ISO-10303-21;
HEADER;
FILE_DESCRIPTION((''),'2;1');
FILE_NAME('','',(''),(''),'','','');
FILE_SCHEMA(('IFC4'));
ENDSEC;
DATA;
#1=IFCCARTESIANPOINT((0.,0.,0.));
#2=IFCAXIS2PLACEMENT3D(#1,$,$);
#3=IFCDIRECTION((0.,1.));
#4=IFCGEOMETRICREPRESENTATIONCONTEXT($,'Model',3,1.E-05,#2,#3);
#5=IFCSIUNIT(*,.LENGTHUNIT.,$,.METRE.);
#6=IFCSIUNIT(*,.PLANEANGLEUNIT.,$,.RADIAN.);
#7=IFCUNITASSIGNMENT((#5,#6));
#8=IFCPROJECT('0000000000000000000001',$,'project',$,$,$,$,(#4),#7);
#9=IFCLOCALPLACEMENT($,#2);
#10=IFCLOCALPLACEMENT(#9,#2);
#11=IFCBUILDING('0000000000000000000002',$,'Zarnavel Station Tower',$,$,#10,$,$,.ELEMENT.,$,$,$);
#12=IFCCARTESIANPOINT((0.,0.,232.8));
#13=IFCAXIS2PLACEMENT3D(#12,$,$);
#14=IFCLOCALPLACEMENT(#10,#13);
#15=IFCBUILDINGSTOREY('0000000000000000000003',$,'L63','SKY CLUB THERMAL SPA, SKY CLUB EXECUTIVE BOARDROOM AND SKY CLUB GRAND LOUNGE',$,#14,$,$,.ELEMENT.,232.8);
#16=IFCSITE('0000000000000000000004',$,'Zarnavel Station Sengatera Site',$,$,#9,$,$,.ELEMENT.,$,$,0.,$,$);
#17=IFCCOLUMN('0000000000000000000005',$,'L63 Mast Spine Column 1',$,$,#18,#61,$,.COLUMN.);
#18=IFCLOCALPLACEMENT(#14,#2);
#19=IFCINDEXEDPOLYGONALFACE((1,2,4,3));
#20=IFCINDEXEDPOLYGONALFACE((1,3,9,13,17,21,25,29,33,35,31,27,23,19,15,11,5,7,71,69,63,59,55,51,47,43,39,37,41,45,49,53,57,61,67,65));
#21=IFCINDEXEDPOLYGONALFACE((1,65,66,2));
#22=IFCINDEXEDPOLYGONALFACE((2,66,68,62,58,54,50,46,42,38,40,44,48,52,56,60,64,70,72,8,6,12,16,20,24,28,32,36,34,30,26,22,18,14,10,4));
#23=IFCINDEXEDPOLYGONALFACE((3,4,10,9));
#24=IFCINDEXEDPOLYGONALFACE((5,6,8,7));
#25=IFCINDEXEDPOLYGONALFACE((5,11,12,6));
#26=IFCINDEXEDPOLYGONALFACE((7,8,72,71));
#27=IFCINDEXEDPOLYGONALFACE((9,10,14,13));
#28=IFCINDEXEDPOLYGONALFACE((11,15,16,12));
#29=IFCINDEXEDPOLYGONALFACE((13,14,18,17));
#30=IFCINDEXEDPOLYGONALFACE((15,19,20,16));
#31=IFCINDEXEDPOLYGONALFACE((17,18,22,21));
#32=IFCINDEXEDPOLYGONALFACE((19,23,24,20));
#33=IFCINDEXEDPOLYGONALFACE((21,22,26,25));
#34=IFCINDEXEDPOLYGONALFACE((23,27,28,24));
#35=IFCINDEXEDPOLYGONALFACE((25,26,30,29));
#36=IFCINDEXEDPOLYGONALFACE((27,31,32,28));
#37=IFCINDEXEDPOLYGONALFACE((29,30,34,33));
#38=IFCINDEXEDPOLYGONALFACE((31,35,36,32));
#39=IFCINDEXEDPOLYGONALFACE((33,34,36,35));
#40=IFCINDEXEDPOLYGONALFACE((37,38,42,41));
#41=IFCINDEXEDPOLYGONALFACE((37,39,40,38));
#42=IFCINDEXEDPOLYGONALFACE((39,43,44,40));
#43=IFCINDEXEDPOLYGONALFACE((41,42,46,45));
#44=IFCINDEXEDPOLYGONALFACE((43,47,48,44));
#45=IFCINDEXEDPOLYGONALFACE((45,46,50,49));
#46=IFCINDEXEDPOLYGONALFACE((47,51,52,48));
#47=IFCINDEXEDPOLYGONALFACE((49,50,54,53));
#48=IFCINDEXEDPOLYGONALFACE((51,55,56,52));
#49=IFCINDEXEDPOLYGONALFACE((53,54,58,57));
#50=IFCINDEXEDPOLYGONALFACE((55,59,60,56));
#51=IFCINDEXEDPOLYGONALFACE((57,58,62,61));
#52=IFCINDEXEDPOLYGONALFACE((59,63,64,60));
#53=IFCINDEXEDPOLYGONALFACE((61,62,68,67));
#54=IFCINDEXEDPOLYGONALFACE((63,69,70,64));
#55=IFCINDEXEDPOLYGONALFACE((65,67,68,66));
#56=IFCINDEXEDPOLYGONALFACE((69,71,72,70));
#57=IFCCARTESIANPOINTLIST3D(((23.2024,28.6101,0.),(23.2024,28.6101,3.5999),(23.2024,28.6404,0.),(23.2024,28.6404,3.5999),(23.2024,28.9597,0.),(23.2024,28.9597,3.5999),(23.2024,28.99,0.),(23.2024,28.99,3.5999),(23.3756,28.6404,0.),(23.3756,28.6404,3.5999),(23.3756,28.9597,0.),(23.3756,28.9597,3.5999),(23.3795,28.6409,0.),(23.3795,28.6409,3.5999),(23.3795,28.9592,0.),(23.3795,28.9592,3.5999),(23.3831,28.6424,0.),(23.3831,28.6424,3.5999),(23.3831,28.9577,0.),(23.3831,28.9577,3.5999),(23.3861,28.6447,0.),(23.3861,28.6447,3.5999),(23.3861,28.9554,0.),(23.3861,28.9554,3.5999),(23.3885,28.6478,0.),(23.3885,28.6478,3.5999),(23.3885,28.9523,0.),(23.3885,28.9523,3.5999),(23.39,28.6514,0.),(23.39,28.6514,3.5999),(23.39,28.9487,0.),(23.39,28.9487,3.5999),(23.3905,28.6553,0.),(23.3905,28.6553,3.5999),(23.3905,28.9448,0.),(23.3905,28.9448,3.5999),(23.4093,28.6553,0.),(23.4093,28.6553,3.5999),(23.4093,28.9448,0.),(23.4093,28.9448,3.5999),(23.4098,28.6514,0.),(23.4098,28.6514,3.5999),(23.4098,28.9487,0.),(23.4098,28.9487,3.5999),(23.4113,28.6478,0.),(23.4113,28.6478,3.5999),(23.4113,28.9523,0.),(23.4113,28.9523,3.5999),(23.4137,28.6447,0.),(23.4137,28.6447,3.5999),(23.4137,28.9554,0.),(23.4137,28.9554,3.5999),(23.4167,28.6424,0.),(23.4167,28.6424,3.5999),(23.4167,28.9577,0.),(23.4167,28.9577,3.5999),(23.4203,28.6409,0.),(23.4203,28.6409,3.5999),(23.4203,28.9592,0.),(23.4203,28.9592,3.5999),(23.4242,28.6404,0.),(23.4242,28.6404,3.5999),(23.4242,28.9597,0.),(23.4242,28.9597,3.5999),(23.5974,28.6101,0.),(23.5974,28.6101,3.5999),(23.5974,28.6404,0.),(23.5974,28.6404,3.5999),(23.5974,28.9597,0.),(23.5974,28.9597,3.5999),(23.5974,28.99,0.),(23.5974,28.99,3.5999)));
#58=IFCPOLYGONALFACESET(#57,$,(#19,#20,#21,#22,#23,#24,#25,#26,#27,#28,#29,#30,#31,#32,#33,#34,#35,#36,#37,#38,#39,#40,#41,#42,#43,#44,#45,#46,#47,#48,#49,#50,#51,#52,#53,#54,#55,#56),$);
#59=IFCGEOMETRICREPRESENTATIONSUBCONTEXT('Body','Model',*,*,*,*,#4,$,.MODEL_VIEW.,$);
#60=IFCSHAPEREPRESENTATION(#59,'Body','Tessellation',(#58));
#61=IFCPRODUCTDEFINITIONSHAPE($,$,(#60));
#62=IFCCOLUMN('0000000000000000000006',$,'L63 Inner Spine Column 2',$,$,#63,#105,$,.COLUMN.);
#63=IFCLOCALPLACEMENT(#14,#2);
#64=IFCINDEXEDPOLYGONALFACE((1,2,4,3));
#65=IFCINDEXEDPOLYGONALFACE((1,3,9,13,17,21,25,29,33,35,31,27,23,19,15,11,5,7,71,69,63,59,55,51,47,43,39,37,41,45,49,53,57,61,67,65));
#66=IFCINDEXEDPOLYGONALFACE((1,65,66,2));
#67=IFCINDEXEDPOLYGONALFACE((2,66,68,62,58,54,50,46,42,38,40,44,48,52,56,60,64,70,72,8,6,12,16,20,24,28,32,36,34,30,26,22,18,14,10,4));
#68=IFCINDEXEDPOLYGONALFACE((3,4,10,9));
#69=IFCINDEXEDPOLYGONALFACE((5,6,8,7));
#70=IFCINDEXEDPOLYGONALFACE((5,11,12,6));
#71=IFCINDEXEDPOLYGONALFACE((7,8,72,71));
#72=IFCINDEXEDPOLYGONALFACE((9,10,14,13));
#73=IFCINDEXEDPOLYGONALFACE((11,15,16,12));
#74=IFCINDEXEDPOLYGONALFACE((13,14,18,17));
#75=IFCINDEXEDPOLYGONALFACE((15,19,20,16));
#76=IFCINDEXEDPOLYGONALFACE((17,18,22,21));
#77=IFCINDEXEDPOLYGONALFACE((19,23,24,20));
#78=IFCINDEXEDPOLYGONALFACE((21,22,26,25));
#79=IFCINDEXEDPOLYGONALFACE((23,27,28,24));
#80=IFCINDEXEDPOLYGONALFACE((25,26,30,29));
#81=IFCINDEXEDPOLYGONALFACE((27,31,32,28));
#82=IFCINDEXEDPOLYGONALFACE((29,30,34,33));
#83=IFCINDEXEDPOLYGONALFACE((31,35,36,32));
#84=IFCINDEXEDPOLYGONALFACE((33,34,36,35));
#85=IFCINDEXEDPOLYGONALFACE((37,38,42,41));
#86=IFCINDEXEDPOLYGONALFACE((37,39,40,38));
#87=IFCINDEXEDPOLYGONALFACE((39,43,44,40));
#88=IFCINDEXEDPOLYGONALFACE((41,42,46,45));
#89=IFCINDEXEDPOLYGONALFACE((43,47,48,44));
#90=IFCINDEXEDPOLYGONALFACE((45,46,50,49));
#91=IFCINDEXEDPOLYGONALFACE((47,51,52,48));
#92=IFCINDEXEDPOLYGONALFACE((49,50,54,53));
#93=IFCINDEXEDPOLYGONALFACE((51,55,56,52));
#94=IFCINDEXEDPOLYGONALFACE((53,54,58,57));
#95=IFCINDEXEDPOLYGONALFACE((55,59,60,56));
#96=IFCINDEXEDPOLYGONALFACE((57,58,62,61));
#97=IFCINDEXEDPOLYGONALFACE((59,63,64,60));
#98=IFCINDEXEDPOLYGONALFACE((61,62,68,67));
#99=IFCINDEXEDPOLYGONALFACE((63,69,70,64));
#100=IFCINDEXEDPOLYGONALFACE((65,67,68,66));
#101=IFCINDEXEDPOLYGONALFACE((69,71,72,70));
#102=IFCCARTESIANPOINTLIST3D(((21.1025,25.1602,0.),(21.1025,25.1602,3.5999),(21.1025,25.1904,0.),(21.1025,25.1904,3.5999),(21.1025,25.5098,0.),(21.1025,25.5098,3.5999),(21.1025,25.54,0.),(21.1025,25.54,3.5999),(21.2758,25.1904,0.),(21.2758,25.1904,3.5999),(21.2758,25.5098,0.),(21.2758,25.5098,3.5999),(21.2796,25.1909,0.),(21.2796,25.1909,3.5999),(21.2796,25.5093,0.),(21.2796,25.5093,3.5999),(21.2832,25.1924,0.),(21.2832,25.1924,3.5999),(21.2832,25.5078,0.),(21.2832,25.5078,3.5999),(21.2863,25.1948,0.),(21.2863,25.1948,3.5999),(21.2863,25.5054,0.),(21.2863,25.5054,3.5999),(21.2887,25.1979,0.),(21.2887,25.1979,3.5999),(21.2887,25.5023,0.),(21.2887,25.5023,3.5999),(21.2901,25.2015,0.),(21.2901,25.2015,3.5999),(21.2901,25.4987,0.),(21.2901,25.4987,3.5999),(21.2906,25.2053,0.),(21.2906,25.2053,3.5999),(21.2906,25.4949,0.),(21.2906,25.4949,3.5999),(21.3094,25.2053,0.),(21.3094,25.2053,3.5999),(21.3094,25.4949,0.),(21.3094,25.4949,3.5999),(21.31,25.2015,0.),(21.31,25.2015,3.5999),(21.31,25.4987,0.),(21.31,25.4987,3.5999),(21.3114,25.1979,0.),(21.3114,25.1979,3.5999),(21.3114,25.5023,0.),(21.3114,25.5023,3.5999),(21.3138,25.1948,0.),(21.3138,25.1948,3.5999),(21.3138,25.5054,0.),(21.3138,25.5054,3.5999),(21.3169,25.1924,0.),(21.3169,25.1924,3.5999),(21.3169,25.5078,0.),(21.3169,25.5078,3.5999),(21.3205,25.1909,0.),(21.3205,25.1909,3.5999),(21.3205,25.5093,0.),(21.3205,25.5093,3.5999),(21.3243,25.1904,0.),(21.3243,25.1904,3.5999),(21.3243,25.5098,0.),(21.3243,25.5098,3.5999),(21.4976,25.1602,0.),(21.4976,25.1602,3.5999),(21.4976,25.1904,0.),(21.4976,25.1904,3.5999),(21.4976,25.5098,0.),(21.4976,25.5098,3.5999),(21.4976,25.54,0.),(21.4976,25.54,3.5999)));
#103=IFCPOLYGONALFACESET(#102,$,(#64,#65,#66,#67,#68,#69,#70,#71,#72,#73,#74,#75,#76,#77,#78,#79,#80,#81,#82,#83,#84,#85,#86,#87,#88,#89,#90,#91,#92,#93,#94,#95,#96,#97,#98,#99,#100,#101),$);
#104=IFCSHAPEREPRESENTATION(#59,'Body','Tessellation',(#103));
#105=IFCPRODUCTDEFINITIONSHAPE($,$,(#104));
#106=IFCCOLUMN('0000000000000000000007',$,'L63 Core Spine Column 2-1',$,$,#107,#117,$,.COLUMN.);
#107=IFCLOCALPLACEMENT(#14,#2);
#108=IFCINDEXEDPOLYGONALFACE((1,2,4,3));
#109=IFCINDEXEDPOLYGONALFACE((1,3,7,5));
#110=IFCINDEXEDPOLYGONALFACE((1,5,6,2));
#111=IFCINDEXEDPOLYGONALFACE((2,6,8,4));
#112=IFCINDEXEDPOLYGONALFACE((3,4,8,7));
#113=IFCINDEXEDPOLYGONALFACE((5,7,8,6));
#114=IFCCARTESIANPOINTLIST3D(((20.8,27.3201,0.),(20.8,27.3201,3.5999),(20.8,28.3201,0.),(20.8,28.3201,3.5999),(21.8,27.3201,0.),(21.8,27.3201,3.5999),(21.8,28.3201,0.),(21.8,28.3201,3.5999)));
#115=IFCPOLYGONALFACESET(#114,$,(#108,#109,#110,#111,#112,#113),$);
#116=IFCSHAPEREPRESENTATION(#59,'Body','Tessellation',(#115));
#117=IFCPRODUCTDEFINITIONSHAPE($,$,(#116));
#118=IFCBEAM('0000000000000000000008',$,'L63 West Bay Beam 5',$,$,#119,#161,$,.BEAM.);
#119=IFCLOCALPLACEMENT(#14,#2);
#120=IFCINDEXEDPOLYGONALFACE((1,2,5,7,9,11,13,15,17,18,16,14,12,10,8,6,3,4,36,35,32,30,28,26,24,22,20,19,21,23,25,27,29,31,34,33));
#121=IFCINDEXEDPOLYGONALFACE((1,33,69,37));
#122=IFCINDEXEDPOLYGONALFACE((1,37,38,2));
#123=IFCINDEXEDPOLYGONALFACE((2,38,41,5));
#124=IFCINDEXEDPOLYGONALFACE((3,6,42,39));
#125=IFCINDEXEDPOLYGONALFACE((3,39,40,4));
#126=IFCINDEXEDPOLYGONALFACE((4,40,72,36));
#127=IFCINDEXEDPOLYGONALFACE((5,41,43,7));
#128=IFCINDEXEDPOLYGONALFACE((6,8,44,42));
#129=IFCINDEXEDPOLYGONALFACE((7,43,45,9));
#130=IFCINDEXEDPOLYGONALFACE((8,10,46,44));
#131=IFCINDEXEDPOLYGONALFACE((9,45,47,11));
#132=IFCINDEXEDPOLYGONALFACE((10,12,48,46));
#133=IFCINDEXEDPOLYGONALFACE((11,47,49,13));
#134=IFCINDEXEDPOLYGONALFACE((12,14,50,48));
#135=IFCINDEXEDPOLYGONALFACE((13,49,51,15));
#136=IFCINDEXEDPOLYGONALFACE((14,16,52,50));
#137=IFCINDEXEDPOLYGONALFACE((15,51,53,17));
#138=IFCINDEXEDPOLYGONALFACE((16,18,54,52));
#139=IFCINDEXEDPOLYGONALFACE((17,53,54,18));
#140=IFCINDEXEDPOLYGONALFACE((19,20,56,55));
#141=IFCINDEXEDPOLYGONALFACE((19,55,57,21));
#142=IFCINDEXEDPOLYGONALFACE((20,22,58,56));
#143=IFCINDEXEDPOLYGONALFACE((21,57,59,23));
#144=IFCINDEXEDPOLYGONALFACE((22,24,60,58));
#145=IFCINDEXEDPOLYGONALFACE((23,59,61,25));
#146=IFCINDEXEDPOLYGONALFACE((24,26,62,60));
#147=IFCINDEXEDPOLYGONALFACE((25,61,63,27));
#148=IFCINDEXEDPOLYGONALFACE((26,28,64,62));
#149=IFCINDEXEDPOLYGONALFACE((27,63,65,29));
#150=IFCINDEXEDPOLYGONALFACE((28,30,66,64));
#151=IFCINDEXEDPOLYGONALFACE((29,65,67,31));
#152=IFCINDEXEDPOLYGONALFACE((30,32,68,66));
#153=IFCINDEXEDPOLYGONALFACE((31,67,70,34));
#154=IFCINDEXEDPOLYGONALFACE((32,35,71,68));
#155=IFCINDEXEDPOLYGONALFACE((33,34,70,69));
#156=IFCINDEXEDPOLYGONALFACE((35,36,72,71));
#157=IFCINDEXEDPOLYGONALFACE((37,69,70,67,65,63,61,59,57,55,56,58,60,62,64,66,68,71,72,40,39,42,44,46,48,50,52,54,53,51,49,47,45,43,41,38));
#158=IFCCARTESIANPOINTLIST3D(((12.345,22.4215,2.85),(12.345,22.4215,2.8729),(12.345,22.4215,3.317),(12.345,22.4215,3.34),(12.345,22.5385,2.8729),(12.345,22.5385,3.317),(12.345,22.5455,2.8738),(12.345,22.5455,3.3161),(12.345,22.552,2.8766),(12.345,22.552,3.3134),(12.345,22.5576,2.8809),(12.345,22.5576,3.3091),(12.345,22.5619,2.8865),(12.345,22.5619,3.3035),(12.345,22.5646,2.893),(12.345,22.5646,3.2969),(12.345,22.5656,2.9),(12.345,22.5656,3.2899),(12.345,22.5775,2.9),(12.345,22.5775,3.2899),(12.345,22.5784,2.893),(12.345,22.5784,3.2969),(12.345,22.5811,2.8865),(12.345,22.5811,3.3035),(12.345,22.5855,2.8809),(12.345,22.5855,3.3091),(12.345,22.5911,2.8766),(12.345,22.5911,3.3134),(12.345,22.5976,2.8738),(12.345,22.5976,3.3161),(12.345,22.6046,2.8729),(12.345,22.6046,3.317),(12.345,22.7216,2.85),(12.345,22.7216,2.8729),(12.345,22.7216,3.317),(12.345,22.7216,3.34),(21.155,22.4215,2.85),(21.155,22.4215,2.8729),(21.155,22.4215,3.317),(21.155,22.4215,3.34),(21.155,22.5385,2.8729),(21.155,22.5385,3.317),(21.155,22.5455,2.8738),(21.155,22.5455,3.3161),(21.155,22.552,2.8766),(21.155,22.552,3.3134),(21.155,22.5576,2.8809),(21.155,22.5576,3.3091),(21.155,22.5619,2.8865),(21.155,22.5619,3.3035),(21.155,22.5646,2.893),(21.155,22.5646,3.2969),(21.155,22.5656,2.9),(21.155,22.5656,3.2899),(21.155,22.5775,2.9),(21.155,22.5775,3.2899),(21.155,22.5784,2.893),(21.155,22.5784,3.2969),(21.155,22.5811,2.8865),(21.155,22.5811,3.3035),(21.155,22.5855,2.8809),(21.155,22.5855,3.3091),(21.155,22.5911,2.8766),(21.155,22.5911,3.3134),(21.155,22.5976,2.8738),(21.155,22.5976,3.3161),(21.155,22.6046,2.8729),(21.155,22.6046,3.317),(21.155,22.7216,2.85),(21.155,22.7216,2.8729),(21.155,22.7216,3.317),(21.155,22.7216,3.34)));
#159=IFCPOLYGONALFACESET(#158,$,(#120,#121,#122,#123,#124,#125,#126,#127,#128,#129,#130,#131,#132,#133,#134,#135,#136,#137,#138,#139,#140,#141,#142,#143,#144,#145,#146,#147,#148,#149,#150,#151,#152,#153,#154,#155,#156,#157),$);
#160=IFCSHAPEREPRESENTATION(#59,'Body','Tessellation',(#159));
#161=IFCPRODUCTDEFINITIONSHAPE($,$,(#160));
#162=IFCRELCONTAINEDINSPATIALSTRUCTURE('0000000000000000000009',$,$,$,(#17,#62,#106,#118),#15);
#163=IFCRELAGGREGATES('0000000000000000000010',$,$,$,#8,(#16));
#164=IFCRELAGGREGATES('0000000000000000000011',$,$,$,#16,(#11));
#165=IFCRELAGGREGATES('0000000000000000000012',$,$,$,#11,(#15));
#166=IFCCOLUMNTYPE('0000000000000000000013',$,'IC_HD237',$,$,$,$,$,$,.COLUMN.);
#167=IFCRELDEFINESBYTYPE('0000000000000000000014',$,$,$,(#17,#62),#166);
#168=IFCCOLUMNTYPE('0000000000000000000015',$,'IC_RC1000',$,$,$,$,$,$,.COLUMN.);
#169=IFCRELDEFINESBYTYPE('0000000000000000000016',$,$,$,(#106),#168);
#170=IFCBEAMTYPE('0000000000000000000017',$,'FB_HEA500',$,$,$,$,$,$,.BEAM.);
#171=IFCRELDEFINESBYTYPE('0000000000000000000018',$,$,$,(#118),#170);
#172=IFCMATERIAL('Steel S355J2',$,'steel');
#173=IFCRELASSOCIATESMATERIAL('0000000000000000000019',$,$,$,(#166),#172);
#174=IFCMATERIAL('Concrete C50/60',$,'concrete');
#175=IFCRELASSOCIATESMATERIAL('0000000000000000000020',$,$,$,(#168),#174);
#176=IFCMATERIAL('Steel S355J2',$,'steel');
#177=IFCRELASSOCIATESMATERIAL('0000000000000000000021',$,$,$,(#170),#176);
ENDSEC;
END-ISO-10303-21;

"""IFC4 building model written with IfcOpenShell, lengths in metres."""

from ifc_helpers import new_model, si_unit, direction, frame, origin, origin_2d, place, context, subcontext, project, spatial, rectangle, i_section, extrude, material, material_profile, profile_set, type_object, element, save


model = new_model("IFC4")

# Units and contexts
model_context = context("Model", 3, precision=1e-05, world=origin(), true_north=direction((0.0, 1.0)))
body_context = subcontext(model_context, "Body", "Model", "MODEL_VIEW")
ifc_project = project(units=[si_unit("LENGTHUNIT", "METRE"), si_unit("PLANEANGLEUNIT", "RADIAN")], contexts=[model_context])

# Site, building, storey
site_placement = place(None, origin())
site = spatial("IfcSite", under=ifc_project, at=site_placement, Name="Zarnavel Station Sengatera Site", CompositionType="ELEMENT", RefElevation=0.0)
building_placement = place(site_placement, origin())
building = spatial("IfcBuilding", under=site, at=building_placement, Name="Zarnavel Station Tower", CompositionType="ELEMENT")
storey_placement = place(building_placement, frame((0.0, 0.0, 232.8)))
storey = spatial("IfcBuildingStorey", under=building, at=storey_placement, Name="L63", Description="SKY CLUB THERMAL SPA, SKY CLUB EXECUTIVE BOARDROOM AND SKY CLUB GRAND LOUNGE", CompositionType="ELEMENT", Elevation=232.8)

# Columns
ifc_material_1 = material(Name="Steel S355J2", Category="steel")
ifc_material_profile_1 = material_profile(ifc_material_1, i_section(OverallWidth=0.395, OverallDepth=0.3799, WebThickness=0.0188, FlangeThickness=0.0303, FilletRadius=0.0149, at=origin_2d()), Name="HD400x237")
ifc_profile_set_1 = profile_set([ifc_material_profile_1], Name="Steel S355J2")
column_type_1 = type_object("IfcColumnType", Name="IC_HD237", PredefinedType="COLUMN", material=ifc_profile_set_1)
for number, where, z_axis, x_axis, name in (
    (1, (23.3999, 28.8, 0.0), (0.0, 0.0, 1.0), (1.0, 0.0, 0.0), "L63 Mast Spine Column 1"),
    (2, (21.3, 25.3501, 0.0), (0.0, 0.0, 1.0), (1.0, 0.0, 0.0), "L63 Inner Spine Column 2"),
):
    element("IfcColumn", number, at=place(storey_placement, frame(where, z_axis=z_axis, x_axis=x_axis)), inside=storey, type_object=column_type_1, Name=name, PredefinedType="COLUMN", context=body_context, shape_type="SweptSolid", body=[
        extrude(i_section(OverallWidth=0.395, OverallDepth=0.3799, WebThickness=0.0188, FlangeThickness=0.0303, FilletRadius=0.0149, at=origin_2d()), origin(), (0.0, 0.0, 1.0), 3.5999),
    ])
ifc_material_2 = material(Name="Concrete C50/60", Category="concrete")
ifc_material_profile_2 = material_profile(ifc_material_2, rectangle(XDim=1.0, YDim=1.0, at=origin_2d()), Name="RC1000x1000")
ifc_profile_set_2 = profile_set([ifc_material_profile_2], Name="Concrete C50/60")
column_type_2 = type_object("IfcColumnType", Name="IC_RC1000", PredefinedType="COLUMN", material=ifc_profile_set_2)
column_placement = place(storey_placement, frame((21.3, 27.8201, 0.0), z_axis=(0.0, 0.0, 1.0), x_axis=(1.0, 0.0, 0.0)))
element("IfcColumn", 3, at=column_placement, inside=storey, type_object=column_type_2, Name="L63 Core Spine Column 2-1", PredefinedType="COLUMN", context=body_context, shape_type="SweptSolid", body=[
    extrude(rectangle(XDim=1.0, YDim=1.0, at=origin_2d()), origin(), (0.0, 0.0, 1.0), 3.5999),
])

# Beam
ifc_material_3 = material(Name="Steel S355J2", Category="steel")
ifc_material_profile_3 = material_profile(ifc_material_3, i_section(OverallWidth=0.3, OverallDepth=0.49, WebThickness=0.012, FlangeThickness=0.0229, FilletRadius=0.0271, at=origin_2d()), Name="HEA500")
ifc_profile_set_3 = profile_set([ifc_material_profile_3], Name="Steel S355J2")
beam_type_1 = type_object("IfcBeamType", Name="FB_HEA500", PredefinedType="BEAM", material=ifc_profile_set_3)
beam_1_placement = place(storey_placement, frame((12.345, 22.5715, 3.095), z_axis=(1.0, 0.0, 0.0), x_axis=(0.0, 1.0, 0.0)))
element("IfcBeam", 4, at=beam_1_placement, inside=storey, type_object=beam_type_1, Name="L63 West Bay Beam 5", PredefinedType="BEAM", context=body_context, shape_type="SweptSolid", body=[
    extrude(i_section(OverallWidth=0.3, OverallDepth=0.49, WebThickness=0.012, FlangeThickness=0.0229, FilletRadius=0.0271, at=origin_2d()), origin(), (0.0, 0.0, 1.0), 8.8101),
])

save(model, "model.ifc")
